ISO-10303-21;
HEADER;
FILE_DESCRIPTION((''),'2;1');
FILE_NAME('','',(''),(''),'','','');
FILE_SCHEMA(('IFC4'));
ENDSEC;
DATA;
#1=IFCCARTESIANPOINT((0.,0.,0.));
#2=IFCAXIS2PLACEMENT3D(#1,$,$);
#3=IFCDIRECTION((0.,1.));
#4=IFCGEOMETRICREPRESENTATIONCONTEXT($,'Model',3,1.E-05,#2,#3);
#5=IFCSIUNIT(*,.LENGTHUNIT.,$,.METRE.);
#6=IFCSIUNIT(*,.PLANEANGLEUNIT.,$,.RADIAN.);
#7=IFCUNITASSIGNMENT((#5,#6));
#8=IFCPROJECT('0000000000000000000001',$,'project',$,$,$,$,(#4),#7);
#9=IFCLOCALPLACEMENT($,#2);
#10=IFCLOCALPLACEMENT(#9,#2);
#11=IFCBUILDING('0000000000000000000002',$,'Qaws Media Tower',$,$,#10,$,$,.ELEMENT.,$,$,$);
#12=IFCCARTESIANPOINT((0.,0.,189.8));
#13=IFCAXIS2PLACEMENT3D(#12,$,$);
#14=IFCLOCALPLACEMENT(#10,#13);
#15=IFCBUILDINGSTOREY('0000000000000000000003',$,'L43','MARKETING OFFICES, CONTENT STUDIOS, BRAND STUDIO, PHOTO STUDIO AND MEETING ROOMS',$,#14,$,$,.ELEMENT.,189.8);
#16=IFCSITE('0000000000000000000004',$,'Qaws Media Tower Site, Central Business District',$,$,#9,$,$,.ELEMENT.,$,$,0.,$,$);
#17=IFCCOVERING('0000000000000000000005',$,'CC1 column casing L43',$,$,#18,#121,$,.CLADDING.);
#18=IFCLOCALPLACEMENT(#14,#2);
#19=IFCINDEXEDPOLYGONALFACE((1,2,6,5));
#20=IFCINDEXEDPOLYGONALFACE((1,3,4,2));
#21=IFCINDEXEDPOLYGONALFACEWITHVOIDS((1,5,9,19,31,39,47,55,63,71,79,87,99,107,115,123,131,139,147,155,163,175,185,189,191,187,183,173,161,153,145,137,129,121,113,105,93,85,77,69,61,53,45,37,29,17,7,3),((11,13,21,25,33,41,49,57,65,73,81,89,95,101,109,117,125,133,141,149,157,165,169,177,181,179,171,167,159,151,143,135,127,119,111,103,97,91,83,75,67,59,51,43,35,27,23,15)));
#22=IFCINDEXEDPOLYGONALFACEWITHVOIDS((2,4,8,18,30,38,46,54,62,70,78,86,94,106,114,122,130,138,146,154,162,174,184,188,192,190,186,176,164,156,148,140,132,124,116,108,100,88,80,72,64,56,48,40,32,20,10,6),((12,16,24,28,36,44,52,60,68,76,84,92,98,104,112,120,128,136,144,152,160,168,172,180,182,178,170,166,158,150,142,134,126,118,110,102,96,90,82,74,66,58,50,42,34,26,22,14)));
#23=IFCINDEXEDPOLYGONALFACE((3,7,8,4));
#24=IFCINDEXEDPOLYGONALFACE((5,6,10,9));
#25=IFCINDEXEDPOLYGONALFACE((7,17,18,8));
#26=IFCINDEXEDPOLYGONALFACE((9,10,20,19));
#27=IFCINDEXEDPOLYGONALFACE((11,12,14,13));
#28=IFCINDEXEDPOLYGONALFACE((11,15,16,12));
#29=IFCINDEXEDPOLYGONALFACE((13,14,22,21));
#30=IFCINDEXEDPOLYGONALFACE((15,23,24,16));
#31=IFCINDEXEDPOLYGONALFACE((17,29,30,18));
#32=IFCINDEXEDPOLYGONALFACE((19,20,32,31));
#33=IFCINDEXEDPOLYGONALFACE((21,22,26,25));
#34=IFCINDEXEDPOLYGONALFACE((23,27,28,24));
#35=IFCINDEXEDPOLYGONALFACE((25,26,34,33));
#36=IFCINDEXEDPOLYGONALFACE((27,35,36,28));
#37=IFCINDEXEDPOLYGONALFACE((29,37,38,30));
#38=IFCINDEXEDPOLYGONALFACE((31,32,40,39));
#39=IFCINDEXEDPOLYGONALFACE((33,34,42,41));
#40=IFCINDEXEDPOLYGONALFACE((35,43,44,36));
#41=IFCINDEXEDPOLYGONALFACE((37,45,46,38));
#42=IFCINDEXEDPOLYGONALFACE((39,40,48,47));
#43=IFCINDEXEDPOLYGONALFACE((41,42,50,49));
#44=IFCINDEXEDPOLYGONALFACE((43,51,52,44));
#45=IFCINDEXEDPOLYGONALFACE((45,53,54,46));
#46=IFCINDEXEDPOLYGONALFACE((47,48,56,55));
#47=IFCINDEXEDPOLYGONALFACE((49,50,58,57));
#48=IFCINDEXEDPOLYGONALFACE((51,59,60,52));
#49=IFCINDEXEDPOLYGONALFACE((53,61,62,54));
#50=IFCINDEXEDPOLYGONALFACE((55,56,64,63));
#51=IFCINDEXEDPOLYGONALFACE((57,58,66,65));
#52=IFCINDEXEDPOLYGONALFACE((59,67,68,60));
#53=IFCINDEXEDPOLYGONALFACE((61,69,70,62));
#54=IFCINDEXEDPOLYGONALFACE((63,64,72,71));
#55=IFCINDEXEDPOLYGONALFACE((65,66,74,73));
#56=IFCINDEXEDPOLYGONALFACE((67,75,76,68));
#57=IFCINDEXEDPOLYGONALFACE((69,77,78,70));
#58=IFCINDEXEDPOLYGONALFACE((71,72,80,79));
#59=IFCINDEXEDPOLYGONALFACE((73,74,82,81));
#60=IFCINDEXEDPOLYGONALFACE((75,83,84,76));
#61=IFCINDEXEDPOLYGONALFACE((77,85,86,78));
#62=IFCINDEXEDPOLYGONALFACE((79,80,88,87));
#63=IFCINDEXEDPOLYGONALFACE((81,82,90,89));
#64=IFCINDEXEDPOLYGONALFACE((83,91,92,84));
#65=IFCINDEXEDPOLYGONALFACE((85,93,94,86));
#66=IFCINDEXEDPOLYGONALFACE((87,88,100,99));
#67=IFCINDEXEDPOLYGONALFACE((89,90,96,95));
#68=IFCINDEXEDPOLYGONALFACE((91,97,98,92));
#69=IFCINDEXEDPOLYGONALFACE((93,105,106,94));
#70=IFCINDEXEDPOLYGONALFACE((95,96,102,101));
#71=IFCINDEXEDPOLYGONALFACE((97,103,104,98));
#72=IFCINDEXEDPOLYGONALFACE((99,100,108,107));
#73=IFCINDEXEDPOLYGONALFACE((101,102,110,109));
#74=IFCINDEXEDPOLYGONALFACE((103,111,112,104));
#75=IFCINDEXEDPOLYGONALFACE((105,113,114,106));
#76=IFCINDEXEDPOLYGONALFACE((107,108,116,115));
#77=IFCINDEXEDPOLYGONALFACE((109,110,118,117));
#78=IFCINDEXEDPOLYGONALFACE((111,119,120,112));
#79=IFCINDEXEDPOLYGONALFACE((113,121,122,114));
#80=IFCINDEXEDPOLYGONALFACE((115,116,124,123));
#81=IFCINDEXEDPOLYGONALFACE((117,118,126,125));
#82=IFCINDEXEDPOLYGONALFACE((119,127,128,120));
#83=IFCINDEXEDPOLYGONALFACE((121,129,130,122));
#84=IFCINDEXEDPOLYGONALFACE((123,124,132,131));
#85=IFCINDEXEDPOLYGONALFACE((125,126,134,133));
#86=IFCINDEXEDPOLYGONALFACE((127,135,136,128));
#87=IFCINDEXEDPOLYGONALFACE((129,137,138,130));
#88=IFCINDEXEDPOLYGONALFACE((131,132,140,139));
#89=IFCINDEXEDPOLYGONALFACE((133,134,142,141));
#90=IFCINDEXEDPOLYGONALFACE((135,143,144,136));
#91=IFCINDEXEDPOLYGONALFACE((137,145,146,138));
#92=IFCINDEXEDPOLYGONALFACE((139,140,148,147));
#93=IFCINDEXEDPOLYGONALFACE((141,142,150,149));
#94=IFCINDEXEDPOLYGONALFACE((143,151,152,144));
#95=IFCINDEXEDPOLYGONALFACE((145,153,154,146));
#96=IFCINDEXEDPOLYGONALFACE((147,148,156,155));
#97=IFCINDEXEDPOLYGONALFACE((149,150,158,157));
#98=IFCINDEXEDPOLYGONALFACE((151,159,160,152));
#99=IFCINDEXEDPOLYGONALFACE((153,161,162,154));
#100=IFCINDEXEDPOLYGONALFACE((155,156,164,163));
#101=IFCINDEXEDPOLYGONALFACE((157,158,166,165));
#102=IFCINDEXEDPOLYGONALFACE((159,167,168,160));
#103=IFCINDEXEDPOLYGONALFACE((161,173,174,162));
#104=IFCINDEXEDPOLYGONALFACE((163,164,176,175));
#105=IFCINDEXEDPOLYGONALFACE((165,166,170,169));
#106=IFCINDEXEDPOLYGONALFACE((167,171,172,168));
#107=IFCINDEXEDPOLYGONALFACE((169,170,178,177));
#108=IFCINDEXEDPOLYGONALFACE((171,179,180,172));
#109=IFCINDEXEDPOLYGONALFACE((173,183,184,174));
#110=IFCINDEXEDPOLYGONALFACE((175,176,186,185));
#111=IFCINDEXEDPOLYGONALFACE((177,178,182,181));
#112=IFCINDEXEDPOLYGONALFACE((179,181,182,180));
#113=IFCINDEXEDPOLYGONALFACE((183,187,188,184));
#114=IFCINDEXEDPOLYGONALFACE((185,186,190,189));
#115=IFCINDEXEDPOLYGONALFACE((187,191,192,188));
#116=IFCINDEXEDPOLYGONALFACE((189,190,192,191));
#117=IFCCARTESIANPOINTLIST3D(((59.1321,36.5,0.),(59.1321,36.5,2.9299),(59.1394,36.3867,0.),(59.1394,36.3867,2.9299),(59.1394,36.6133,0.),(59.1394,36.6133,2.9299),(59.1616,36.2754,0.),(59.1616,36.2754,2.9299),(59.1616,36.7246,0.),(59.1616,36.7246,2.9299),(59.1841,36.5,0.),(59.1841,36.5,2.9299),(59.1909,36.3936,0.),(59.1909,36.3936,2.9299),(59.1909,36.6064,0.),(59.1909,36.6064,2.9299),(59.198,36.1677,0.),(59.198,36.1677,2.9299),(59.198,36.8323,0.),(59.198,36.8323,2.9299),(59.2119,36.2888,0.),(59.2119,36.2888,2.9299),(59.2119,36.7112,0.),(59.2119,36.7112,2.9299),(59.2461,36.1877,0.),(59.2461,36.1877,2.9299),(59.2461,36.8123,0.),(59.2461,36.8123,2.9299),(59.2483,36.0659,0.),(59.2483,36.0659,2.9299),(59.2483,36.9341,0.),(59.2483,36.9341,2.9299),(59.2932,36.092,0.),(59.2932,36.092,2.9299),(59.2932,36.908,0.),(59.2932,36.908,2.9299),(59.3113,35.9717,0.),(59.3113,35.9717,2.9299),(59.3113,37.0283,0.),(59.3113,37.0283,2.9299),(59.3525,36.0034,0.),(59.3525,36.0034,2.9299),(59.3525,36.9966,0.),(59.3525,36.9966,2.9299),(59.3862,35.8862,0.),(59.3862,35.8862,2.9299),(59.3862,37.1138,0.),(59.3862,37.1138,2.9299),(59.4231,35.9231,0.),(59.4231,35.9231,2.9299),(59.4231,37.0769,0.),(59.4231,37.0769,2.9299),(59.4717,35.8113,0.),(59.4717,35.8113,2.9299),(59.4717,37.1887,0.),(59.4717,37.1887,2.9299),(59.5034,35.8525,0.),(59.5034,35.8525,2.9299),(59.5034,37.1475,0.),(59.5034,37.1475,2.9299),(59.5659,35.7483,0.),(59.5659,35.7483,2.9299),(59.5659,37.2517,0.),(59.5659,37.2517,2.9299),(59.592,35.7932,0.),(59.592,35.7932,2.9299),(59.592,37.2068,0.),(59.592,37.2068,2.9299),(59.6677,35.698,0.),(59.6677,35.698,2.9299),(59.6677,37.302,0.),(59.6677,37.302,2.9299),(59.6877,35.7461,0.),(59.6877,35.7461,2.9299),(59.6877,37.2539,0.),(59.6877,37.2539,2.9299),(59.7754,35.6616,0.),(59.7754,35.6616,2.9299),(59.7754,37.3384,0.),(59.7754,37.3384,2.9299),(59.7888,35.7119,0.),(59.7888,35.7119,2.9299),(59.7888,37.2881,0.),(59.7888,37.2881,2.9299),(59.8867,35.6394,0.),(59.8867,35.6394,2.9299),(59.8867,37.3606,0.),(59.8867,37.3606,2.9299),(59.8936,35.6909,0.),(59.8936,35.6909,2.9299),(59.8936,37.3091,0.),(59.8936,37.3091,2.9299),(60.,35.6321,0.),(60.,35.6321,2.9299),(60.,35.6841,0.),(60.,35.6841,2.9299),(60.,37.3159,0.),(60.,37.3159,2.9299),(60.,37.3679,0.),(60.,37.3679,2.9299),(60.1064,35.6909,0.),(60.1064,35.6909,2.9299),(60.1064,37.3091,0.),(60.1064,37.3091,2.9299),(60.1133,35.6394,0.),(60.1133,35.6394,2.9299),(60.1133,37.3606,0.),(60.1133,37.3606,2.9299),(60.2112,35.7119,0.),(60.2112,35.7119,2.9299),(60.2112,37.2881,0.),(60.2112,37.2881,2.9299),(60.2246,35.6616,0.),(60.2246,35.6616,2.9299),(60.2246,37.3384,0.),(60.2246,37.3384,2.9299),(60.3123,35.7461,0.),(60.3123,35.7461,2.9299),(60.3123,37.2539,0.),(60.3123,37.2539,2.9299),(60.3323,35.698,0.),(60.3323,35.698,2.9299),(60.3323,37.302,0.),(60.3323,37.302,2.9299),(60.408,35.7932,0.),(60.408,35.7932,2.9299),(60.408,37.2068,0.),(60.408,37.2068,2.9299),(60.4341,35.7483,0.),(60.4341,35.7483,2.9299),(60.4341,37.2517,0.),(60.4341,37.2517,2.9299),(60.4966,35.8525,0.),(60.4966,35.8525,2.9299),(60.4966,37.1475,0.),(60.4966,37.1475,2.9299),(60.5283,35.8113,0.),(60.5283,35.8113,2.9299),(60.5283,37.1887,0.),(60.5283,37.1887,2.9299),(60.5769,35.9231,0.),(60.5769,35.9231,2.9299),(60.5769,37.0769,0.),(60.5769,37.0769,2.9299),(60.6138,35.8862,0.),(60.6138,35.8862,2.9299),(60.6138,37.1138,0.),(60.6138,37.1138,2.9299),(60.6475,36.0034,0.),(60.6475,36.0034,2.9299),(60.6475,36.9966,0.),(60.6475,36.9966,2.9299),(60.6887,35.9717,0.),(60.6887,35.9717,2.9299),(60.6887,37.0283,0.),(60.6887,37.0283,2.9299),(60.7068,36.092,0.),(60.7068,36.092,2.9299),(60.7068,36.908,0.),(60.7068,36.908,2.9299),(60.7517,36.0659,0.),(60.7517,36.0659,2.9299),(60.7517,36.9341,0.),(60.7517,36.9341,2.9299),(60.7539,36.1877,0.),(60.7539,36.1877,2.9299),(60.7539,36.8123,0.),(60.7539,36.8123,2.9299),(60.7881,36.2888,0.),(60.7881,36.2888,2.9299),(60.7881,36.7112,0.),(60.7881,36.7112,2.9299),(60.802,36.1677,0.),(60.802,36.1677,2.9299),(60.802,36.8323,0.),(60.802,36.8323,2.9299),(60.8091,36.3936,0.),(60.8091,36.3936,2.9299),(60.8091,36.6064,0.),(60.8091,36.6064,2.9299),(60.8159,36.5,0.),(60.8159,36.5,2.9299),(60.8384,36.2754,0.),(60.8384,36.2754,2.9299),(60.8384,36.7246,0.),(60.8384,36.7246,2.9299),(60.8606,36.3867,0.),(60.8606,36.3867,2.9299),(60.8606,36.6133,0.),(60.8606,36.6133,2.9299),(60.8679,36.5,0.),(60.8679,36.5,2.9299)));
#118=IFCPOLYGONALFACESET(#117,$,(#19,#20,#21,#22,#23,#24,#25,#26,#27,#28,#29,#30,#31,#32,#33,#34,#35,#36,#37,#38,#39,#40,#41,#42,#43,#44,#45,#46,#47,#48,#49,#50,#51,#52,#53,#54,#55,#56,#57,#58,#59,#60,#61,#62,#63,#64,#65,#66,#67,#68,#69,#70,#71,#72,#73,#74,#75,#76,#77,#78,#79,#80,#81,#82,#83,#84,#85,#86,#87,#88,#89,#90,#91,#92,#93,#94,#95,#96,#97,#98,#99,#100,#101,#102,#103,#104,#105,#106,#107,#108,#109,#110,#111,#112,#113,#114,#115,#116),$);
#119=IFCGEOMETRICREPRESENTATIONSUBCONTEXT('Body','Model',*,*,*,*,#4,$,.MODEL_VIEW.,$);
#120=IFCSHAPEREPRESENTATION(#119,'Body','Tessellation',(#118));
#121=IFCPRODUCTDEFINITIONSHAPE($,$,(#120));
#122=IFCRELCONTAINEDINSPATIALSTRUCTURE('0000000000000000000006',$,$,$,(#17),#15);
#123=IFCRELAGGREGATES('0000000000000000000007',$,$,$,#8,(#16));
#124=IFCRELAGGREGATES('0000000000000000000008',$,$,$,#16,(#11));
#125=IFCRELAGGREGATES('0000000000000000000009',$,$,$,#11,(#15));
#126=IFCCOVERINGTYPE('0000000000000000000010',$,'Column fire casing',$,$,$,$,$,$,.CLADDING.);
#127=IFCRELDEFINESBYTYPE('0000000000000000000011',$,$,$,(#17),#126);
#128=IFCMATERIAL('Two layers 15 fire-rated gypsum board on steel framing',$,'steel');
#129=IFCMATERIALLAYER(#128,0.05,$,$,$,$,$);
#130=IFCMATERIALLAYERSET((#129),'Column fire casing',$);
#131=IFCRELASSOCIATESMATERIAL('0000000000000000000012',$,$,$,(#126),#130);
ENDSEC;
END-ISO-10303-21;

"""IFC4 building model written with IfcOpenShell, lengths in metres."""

from ifc_helpers import new_model, si_unit, direction, frame, origin, place, context, subcontext, project, spatial, polyline, outline, extrude, material, layer, layer_set, type_object, element, save


model = new_model("IFC4")

# Units and contexts
model_context = context("Model", 3, precision=1e-05, world=origin(), true_north=direction((0.0, 1.0)))
body_context = subcontext(model_context, "Body", "Model", "MODEL_VIEW")
ifc_project = project(units=[si_unit("LENGTHUNIT", "METRE"), si_unit("PLANEANGLEUNIT", "RADIAN")], contexts=[model_context])

# Site, building, storey
site_placement = place(None, origin())
site = spatial("IfcSite", under=ifc_project, at=site_placement, Name="Qaws Media Tower Site, Central Business District", CompositionType="ELEMENT", RefElevation=0.0)
building_placement = place(site_placement, origin())
building = spatial("IfcBuilding", under=site, at=building_placement, Name="Qaws Media Tower", CompositionType="ELEMENT")
storey_placement = place(building_placement, frame((0.0, 0.0, 189.8)))
storey = spatial("IfcBuildingStorey", under=building, at=storey_placement, Name="L43", Description="MARKETING OFFICES, CONTENT STUDIOS, BRAND STUDIO, PHOTO STUDIO AND MEETING ROOMS", CompositionType="ELEMENT", Elevation=189.8)

# Covering
ifc_material_1 = material(Name="Two layers 15 fire-rated gypsum board on steel framing", Category="steel")
ifc_layer_1 = layer(ifc_material_1, 0.05)
ifc_layer_set_1 = layer_set([ifc_layer_1], Name="Column fire casing")
covering_type = type_object("IfcCoveringType", Name="Column fire casing", PredefinedType="CLADDING", material=ifc_layer_set_1)
covering_placement = place(storey_placement, origin())
element("IfcCovering", 1, at=covering_placement, inside=storey, type_object=covering_type, Name="CC1 column casing L43", PredefinedType="CLADDING", context=body_context, shape_type="SweptSolid", body=[
    extrude(outline(polyline([(60.8679, 36.5), (60.8606, 36.3867), (60.8384, 36.2754), (60.802, 36.1677), (60.7517, 36.0659), (60.6887, 35.9717), (60.6138, 35.8862), (60.5283, 35.8113), (60.4341, 35.7483), (60.3323, 35.698), (60.2246, 35.6616), (60.1133, 35.6394), (60.0, 35.6321), (59.8867, 35.6394), (59.7754, 35.6616), (59.6677, 35.698), (59.5659, 35.7483), (59.4717, 35.8113), (59.3862, 35.8862), (59.3113, 35.9717), (59.2483, 36.0659), (59.198, 36.1677), (59.1616, 36.2754), (59.1394, 36.3867), (59.1321, 36.5), (59.1394, 36.6133), (59.1616, 36.7246), (59.198, 36.8323), (59.2483, 36.9341), (59.3113, 37.0283), (59.3862, 37.1138), (59.4717, 37.1887), (59.5659, 37.2517), (59.6677, 37.302), (59.7754, 37.3384), (59.8867, 37.3606), (60.0, 37.3679), (60.1133, 37.3606), (60.2246, 37.3384), (60.3323, 37.302), (60.4341, 37.2517), (60.5283, 37.1887), (60.6138, 37.1138), (60.6887, 37.0283), (60.7517, 36.9341), (60.802, 36.8323), (60.8384, 36.7246), (60.8606, 36.6133), (60.8679, 36.5)]), holes=[polyline([(60.8159, 36.5), (60.8091, 36.3936), (60.7881, 36.2888), (60.7539, 36.1877), (60.7068, 36.092), (60.6475, 36.0034), (60.5769, 35.9231), (60.4966, 35.8525), (60.408, 35.7932), (60.3123, 35.7461), (60.2112, 35.7119), (60.1064, 35.6909), (60.0, 35.6841), (59.8936, 35.6909), (59.7888, 35.7119), (59.6877, 35.7461), (59.592, 35.7932), (59.5034, 35.8525), (59.4231, 35.9231), (59.3525, 36.0034), (59.2932, 36.092), (59.2461, 36.1877), (59.2119, 36.2888), (59.1909, 36.3936), (59.1841, 36.5), (59.1909, 36.6064), (59.2119, 36.7112), (59.2461, 36.8123), (59.2932, 36.908), (59.3525, 36.9966), (59.4231, 37.0769), (59.5034, 37.1475), (59.592, 37.2068), (59.6877, 37.2539), (59.7888, 37.2881), (59.8936, 37.3091), (60.0, 37.3159), (60.1064, 37.3091), (60.2112, 37.2881), (60.3123, 37.2539), (60.408, 37.2068), (60.4966, 37.1475), (60.5769, 37.0769), (60.6475, 36.9966), (60.7068, 36.908), (60.7539, 36.8123), (60.7881, 36.7112), (60.8091, 36.6064), (60.8159, 36.5)])]), origin(), (0.0, 0.0, 1.0), 2.9299),
])

save(model, "model.ifc")
